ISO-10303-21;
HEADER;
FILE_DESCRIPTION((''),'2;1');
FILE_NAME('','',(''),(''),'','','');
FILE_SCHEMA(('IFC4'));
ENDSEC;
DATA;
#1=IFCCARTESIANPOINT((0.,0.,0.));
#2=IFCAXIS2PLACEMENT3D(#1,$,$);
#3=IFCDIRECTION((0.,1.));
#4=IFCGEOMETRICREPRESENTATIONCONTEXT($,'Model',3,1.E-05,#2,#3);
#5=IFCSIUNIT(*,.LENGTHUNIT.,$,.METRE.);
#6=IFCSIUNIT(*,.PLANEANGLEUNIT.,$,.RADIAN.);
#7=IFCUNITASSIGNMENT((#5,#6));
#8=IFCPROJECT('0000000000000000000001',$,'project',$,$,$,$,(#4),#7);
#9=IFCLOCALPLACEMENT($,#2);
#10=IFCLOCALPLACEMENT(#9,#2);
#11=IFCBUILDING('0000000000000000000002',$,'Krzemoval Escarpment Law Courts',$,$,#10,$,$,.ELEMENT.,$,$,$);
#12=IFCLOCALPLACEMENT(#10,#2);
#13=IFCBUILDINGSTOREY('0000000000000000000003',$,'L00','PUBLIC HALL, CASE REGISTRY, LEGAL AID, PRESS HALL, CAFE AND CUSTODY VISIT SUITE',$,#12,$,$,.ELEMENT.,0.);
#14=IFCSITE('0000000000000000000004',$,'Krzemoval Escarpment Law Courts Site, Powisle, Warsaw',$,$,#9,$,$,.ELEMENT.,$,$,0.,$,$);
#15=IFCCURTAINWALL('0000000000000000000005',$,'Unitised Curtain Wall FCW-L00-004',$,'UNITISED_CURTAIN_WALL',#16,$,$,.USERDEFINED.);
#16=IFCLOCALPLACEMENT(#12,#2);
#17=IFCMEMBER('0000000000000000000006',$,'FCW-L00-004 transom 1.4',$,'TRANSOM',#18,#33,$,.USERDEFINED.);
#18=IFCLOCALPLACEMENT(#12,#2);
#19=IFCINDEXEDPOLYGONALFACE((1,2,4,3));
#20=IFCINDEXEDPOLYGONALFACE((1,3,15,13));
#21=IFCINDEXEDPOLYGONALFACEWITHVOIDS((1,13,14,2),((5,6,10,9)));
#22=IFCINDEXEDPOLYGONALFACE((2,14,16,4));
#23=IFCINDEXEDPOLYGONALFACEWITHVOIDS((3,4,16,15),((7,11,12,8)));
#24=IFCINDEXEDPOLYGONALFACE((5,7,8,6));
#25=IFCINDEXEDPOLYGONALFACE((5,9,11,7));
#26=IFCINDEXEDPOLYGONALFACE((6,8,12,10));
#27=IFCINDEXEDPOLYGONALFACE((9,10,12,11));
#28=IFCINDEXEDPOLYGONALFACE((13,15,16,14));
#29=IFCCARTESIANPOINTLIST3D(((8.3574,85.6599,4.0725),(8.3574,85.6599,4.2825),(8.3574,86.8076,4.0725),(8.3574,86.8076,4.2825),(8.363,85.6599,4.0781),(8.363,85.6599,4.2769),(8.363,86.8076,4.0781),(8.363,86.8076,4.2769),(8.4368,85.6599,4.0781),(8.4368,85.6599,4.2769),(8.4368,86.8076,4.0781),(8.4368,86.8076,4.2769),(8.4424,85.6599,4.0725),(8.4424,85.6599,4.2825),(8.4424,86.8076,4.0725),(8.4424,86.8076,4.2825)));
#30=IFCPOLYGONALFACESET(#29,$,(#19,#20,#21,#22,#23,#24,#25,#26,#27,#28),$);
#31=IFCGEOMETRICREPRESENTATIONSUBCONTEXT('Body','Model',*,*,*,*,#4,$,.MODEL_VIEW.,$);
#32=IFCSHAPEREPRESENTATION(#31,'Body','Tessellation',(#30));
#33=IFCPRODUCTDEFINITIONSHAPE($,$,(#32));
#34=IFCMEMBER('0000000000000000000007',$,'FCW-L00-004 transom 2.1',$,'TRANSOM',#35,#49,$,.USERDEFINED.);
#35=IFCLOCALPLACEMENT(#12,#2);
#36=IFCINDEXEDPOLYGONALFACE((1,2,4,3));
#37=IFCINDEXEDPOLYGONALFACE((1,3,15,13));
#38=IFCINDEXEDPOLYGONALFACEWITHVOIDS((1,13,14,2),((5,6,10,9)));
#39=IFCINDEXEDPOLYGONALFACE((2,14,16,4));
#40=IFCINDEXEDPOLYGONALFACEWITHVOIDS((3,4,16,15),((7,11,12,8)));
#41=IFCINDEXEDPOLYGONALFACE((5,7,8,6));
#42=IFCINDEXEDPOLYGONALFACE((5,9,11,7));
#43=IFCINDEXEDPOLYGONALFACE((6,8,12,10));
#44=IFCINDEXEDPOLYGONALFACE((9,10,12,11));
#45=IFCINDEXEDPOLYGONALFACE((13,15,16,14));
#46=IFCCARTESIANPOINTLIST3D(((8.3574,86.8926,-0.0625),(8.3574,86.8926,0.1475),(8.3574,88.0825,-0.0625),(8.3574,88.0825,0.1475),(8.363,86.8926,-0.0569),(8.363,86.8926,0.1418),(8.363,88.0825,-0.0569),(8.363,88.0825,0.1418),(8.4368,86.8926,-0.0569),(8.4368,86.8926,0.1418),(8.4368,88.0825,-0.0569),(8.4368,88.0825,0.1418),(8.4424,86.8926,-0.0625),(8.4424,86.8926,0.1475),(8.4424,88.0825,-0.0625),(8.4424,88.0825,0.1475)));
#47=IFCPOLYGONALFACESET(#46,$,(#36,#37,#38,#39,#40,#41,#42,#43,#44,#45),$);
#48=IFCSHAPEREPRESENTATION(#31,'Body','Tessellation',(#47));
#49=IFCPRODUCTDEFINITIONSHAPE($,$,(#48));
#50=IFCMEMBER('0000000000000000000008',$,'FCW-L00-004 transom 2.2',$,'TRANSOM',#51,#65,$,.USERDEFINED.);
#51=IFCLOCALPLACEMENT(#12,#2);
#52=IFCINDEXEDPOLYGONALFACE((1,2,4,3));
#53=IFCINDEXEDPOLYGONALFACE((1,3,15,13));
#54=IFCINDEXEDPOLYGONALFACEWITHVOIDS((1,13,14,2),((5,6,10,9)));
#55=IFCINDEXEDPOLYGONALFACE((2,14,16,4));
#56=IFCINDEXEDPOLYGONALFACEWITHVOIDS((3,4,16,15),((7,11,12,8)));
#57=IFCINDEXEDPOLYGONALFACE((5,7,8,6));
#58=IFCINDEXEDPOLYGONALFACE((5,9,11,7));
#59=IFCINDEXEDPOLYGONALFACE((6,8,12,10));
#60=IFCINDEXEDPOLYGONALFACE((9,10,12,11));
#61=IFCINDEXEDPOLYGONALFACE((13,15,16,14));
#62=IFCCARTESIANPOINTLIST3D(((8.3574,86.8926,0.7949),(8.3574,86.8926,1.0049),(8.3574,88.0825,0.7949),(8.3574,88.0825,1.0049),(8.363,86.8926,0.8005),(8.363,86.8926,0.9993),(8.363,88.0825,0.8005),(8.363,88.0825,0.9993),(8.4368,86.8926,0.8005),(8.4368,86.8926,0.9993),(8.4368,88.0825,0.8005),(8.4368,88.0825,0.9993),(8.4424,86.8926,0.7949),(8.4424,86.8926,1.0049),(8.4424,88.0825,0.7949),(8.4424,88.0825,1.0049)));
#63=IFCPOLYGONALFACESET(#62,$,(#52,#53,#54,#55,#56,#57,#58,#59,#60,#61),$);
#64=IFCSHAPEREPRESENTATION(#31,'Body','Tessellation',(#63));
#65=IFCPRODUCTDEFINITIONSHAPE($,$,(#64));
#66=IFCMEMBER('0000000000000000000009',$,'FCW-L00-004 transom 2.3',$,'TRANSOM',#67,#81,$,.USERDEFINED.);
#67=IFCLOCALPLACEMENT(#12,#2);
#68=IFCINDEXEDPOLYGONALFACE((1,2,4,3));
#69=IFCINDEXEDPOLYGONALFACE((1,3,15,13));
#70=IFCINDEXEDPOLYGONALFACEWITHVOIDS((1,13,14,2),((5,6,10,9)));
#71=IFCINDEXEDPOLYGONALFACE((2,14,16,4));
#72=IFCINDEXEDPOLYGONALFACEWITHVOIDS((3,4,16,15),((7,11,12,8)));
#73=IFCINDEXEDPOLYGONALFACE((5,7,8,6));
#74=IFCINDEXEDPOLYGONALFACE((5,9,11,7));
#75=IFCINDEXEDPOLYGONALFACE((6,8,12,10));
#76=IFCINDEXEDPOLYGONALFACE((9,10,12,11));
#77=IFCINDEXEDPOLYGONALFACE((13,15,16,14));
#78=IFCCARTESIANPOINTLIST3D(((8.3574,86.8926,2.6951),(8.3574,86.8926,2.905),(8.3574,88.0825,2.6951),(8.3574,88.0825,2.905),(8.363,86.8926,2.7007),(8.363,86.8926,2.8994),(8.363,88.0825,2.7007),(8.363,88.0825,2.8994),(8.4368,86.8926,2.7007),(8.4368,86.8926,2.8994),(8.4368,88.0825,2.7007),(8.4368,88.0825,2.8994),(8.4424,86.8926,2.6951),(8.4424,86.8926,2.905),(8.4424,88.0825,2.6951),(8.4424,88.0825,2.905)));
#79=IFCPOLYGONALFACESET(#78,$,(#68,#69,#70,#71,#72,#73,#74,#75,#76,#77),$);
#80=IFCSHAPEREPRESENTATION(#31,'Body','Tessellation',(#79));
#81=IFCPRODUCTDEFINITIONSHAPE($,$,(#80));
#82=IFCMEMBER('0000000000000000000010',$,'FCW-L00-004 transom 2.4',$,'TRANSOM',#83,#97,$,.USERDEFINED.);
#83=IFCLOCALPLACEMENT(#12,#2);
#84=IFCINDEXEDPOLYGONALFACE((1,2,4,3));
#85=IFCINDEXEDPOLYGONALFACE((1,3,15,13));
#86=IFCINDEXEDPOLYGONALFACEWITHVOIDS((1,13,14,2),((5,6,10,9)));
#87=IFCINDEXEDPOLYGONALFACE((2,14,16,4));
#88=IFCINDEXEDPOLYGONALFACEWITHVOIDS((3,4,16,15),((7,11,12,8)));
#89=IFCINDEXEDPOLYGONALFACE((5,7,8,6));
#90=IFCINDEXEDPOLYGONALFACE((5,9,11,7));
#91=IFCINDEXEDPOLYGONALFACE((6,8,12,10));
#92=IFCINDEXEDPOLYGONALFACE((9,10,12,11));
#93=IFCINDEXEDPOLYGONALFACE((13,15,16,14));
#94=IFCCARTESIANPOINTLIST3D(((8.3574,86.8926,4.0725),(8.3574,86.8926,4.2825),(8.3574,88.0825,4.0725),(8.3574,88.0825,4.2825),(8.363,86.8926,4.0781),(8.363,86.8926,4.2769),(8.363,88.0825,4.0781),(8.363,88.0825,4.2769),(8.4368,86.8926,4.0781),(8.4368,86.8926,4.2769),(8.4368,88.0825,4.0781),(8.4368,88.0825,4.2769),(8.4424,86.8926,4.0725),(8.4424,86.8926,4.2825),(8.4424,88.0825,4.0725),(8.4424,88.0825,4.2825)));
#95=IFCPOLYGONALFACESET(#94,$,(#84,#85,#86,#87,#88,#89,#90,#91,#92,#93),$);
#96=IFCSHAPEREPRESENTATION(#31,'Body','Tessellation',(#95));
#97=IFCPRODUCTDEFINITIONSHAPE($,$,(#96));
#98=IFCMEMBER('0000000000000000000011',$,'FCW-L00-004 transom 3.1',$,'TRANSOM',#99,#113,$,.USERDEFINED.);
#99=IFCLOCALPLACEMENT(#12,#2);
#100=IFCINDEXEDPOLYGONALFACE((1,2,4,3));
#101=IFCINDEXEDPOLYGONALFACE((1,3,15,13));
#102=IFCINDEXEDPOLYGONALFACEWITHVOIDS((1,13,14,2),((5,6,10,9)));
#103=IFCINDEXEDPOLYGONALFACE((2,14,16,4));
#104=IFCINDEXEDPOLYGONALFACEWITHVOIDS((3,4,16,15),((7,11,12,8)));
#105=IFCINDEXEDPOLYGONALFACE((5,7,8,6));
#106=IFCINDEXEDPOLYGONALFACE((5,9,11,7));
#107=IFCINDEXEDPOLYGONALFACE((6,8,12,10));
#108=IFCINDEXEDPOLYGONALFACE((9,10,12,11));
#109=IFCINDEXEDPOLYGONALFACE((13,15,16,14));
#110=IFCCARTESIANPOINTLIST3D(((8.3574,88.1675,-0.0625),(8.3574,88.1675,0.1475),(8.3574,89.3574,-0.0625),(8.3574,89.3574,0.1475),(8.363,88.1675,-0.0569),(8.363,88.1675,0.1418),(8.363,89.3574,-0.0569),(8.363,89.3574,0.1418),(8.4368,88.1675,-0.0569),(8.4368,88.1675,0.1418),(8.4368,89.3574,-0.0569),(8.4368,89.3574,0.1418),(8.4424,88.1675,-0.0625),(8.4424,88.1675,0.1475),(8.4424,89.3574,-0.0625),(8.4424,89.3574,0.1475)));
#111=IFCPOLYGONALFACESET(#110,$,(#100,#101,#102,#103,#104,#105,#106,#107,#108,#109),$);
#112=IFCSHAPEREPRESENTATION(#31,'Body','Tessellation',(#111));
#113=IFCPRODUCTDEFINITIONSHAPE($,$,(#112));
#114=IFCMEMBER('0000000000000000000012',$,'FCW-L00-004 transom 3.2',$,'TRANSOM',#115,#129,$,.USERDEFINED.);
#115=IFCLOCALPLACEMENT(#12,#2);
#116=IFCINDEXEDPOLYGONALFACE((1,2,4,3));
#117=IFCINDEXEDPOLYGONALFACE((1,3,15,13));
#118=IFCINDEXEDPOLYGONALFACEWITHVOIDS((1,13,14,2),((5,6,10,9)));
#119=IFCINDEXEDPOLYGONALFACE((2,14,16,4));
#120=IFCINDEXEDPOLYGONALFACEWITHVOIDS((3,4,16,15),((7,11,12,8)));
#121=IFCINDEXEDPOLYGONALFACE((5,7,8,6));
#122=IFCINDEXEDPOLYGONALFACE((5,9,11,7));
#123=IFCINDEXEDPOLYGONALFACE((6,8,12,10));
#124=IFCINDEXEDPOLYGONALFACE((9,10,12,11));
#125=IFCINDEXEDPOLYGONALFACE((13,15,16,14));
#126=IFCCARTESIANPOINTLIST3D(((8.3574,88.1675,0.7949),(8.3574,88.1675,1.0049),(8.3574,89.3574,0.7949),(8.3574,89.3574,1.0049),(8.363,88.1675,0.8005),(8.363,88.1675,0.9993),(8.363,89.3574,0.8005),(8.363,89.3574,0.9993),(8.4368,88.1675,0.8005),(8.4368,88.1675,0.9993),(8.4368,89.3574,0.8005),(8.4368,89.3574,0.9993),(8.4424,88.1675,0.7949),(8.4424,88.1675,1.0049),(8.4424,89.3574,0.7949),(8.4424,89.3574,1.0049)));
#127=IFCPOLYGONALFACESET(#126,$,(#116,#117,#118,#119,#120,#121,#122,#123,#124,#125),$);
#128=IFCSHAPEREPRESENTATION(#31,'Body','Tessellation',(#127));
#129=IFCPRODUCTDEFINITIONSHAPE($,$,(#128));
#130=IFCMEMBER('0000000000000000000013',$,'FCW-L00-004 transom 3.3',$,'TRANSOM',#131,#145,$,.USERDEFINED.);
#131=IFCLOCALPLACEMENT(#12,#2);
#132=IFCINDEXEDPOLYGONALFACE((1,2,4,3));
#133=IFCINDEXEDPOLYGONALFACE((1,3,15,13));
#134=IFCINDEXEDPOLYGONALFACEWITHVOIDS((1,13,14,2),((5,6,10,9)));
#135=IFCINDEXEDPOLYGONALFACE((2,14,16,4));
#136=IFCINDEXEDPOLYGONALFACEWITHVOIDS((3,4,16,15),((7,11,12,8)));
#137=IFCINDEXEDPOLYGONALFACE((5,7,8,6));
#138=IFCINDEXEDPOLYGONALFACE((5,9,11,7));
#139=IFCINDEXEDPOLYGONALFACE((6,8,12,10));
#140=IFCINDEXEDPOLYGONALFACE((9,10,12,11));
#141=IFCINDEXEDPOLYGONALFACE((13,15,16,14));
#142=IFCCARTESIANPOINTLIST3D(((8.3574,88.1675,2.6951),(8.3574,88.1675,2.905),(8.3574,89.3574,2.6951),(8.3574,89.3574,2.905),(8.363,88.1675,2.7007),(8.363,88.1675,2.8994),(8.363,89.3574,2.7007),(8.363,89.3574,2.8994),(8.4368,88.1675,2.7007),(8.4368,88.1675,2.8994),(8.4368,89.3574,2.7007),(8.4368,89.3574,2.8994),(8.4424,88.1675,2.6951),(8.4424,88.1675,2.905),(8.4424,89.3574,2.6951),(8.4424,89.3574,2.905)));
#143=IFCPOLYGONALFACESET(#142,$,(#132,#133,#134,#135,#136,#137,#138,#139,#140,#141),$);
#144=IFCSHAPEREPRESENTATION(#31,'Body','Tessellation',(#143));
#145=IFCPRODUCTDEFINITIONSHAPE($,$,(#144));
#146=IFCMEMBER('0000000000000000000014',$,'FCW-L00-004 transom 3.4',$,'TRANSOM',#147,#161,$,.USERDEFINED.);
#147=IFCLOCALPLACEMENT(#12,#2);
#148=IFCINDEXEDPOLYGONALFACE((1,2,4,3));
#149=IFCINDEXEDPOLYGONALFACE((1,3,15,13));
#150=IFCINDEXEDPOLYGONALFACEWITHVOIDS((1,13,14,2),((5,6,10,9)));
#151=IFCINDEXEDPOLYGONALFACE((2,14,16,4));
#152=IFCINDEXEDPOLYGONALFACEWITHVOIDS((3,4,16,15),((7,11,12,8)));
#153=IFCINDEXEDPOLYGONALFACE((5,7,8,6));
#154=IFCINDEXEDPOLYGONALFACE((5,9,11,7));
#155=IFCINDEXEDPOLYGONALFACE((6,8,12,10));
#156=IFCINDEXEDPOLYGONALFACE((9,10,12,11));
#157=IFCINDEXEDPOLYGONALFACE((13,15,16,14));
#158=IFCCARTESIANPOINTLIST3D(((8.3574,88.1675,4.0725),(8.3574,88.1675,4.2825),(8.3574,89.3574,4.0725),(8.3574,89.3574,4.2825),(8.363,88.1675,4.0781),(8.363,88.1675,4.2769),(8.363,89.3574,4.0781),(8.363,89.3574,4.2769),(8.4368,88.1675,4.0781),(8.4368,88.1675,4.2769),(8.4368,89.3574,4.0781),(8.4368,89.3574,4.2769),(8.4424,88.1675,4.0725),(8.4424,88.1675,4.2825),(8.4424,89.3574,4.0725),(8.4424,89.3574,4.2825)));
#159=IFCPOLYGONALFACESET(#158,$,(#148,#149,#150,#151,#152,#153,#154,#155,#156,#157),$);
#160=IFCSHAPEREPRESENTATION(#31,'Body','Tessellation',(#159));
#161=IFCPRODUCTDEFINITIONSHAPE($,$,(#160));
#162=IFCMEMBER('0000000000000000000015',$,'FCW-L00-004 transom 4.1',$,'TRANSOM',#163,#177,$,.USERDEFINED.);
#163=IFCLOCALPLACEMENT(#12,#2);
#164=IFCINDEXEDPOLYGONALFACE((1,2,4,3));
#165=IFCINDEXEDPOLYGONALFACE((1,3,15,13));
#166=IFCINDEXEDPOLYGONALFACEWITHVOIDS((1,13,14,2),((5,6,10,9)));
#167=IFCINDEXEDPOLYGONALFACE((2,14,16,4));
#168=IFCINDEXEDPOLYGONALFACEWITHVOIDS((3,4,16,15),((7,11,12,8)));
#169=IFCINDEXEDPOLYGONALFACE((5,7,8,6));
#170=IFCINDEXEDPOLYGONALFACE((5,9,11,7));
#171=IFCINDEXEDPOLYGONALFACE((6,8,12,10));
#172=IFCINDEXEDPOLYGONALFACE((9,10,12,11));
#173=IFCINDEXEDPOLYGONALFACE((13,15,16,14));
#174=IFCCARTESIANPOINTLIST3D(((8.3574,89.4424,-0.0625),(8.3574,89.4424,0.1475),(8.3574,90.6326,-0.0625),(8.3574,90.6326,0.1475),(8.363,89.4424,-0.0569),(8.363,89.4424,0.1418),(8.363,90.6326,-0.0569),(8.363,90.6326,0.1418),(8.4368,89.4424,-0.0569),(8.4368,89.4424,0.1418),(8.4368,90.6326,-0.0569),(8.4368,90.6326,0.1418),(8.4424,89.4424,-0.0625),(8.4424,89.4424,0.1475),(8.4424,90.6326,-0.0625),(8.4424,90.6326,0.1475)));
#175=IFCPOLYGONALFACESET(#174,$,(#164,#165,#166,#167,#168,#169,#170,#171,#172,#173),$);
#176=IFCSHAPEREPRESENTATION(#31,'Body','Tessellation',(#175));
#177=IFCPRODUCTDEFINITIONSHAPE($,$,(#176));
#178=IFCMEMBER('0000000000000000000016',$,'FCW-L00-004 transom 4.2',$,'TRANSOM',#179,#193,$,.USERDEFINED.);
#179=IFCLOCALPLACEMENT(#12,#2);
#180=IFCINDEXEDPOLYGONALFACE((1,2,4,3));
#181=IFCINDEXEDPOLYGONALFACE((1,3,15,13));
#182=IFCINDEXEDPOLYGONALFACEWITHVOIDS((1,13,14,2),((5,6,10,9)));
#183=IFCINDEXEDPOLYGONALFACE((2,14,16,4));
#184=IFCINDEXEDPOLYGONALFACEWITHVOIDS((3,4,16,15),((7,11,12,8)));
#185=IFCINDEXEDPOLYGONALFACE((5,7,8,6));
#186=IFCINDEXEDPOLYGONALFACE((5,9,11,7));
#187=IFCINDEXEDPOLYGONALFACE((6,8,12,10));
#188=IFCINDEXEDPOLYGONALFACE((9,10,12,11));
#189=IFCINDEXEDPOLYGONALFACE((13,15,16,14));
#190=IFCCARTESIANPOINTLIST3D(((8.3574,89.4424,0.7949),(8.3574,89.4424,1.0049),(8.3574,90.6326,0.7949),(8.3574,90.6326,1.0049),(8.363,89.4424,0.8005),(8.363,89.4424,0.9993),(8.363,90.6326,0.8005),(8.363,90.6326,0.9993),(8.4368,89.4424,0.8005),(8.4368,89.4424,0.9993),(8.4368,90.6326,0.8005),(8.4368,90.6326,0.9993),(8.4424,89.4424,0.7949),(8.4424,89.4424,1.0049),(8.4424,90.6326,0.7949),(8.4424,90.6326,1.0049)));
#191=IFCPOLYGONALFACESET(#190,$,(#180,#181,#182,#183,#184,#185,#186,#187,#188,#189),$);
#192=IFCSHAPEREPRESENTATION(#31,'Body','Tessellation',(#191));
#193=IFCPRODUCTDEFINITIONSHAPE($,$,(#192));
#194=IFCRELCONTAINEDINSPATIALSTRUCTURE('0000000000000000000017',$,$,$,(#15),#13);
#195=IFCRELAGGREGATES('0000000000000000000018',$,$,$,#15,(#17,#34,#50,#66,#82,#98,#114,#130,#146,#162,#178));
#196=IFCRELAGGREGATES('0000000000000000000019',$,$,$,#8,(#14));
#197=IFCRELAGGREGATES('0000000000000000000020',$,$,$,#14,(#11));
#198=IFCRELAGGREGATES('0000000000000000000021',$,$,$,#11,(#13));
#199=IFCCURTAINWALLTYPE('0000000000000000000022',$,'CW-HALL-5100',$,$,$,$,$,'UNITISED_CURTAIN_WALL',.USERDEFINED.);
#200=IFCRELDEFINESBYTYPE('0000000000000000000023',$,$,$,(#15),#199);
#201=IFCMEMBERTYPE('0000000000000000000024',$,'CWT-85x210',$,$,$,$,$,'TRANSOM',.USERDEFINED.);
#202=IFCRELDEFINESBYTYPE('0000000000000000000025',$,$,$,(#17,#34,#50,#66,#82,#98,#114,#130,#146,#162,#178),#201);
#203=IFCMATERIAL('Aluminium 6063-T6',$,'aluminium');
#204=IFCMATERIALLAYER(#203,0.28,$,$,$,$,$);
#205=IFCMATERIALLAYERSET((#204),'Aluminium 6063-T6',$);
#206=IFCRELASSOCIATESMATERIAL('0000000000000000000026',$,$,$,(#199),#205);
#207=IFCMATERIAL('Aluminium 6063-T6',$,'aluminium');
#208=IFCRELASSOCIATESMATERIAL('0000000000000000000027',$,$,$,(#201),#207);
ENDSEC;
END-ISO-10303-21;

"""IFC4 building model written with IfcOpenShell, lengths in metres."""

from ifc_helpers import new_model, si_unit, direction, frame, origin, origin_2d, place, context, subcontext, project, spatial, hollow_rectangle, extrude, material, layer, layer_set, material_profile, profile_set, type_object, element, aggregate, save


model = new_model("IFC4")

# Units and contexts
model_context = context("Model", 3, precision=1e-05, world=origin(), true_north=direction((0.0, 1.0)))
body_context = subcontext(model_context, "Body", "Model", "MODEL_VIEW")
ifc_project = project(units=[si_unit("LENGTHUNIT", "METRE"), si_unit("PLANEANGLEUNIT", "RADIAN")], contexts=[model_context])

# Site, building, storey
site_placement = place(None, origin())
site = spatial("IfcSite", under=ifc_project, at=site_placement, Name="Krzemoval Escarpment Law Courts Site, Powisle, Warsaw", CompositionType="ELEMENT", RefElevation=0.0)
building_placement = place(site_placement, origin())
building = spatial("IfcBuilding", under=site, at=building_placement, Name="Krzemoval Escarpment Law Courts", CompositionType="ELEMENT")
storey_placement = place(building_placement, origin())
storey = spatial("IfcBuildingStorey", under=building, at=storey_placement, Name="L00", Description="PUBLIC HALL, CASE REGISTRY, LEGAL AID, PRESS HALL, CAFE AND CUSTODY VISIT SUITE", CompositionType="ELEMENT", Elevation=0.0)

# Curtain wall, members
ifc_material_1 = material(Name="Aluminium 6063-T6", Category="aluminium")
ifc_layer_1 = layer(ifc_material_1, 0.28)
ifc_layer_set_1 = layer_set([ifc_layer_1], Name="Aluminium 6063-T6")
curtain_wall_type = type_object("IfcCurtainWallType", Name="CW-HALL-5100", ElementType="UNITISED_CURTAIN_WALL", PredefinedType="USERDEFINED", material=ifc_layer_set_1)
curtain_wall_placement = place(storey_placement, origin())
curtain_wall = element("IfcCurtainWall", 1, at=curtain_wall_placement, inside=storey, type_object=curtain_wall_type, Name="Unitised Curtain Wall FCW-L00-004", ObjectType="UNITISED_CURTAIN_WALL", PredefinedType="USERDEFINED")
ifc_material_2 = material(Name="Aluminium 6063-T6", Category="aluminium")
ifc_material_profile_1 = material_profile(ifc_material_2, hollow_rectangle(XDim=0.085, YDim=0.21, WallThickness=0.0056, at=origin_2d()), Name="ALU T85x210")
ifc_profile_set_1 = profile_set([ifc_material_profile_1], Name="Aluminium 6063-T6")
member_type_1 = type_object("IfcMemberType", Name="CWT-85x210", ElementType="TRANSOM", PredefinedType="USERDEFINED", material=ifc_profile_set_1)
member_1_placement = place(storey_placement, frame((8.3999, 85.6599, 4.1775), z_axis=(0.0, 1.0, 0.0), x_axis=(-1.0, 0.0, 0.0)))
member_1 = element("IfcMember", 2, at=member_1_placement, type_object=member_type_1, Name="FCW-L00-004 transom 1.4", ObjectType="TRANSOM", PredefinedType="USERDEFINED", context=body_context, shape_type="SweptSolid", body=[
    extrude(hollow_rectangle(XDim=0.085, YDim=0.21, WallThickness=0.0056, at=origin_2d()), origin(), (0.0, 0.0, 1.0), 1.1477),
])
member_2_placement = place(storey_placement, frame((8.3999, 86.8926, 0.0425), z_axis=(0.0, 1.0, 0.0), x_axis=(-1.0, 0.0, 0.0)))
member_2 = element("IfcMember", 3, at=member_2_placement, type_object=member_type_1, Name="FCW-L00-004 transom 2.1", ObjectType="TRANSOM", PredefinedType="USERDEFINED", context=body_context, shape_type="SweptSolid", body=[
    extrude(hollow_rectangle(XDim=0.085, YDim=0.21, WallThickness=0.0056, at=origin_2d()), origin(), (0.0, 0.0, 1.0), 1.1899),
])
member_3_placement = place(storey_placement, frame((8.3999, 86.8926, 0.8999), z_axis=(0.0, 1.0, 0.0), x_axis=(-1.0, 0.0, 0.0)))
member_3 = element("IfcMember", 4, at=member_3_placement, type_object=member_type_1, Name="FCW-L00-004 transom 2.2", ObjectType="TRANSOM", PredefinedType="USERDEFINED", context=body_context, shape_type="SweptSolid", body=[
    extrude(hollow_rectangle(XDim=0.085, YDim=0.21, WallThickness=0.0056, at=origin_2d()), origin(), (0.0, 0.0, 1.0), 1.1899),
])
member_4_placement = place(storey_placement, frame((8.3999, 86.8926, 2.8), z_axis=(0.0, 1.0, 0.0), x_axis=(-1.0, 0.0, 0.0)))
member_4 = element("IfcMember", 5, at=member_4_placement, type_object=member_type_1, Name="FCW-L00-004 transom 2.3", ObjectType="TRANSOM", PredefinedType="USERDEFINED", context=body_context, shape_type="SweptSolid", body=[
    extrude(hollow_rectangle(XDim=0.085, YDim=0.21, WallThickness=0.0056, at=origin_2d()), origin(), (0.0, 0.0, 1.0), 1.1899),
])
member_5_placement = place(storey_placement, frame((8.3999, 86.8926, 4.1775), z_axis=(0.0, 1.0, 0.0), x_axis=(-1.0, 0.0, 0.0)))
member_5 = element("IfcMember", 6, at=member_5_placement, type_object=member_type_1, Name="FCW-L00-004 transom 2.4", ObjectType="TRANSOM", PredefinedType="USERDEFINED", context=body_context, shape_type="SweptSolid", body=[
    extrude(hollow_rectangle(XDim=0.085, YDim=0.21, WallThickness=0.0056, at=origin_2d()), origin(), (0.0, 0.0, 1.0), 1.1899),
])
member_6_placement = place(storey_placement, frame((8.3999, 88.1675, 0.0425), z_axis=(0.0, 1.0, 0.0), x_axis=(-1.0, 0.0, 0.0)))
member_6 = element("IfcMember", 7, at=member_6_placement, type_object=member_type_1, Name="FCW-L00-004 transom 3.1", ObjectType="TRANSOM", PredefinedType="USERDEFINED", context=body_context, shape_type="SweptSolid", body=[
    extrude(hollow_rectangle(XDim=0.085, YDim=0.21, WallThickness=0.0056, at=origin_2d()), origin(), (0.0, 0.0, 1.0), 1.1899),
])
member_7_placement = place(storey_placement, frame((8.3999, 88.1675, 0.8999), z_axis=(0.0, 1.0, 0.0), x_axis=(-1.0, 0.0, 0.0)))
member_7 = element("IfcMember", 8, at=member_7_placement, type_object=member_type_1, Name="FCW-L00-004 transom 3.2", ObjectType="TRANSOM", PredefinedType="USERDEFINED", context=body_context, shape_type="SweptSolid", body=[
    extrude(hollow_rectangle(XDim=0.085, YDim=0.21, WallThickness=0.0056, at=origin_2d()), origin(), (0.0, 0.0, 1.0), 1.1899),
])
member_8_placement = place(storey_placement, frame((8.3999, 88.1675, 2.8), z_axis=(0.0, 1.0, 0.0), x_axis=(-1.0, 0.0, 0.0)))
member_8 = element("IfcMember", 9, at=member_8_placement, type_object=member_type_1, Name="FCW-L00-004 transom 3.3", ObjectType="TRANSOM", PredefinedType="USERDEFINED", context=body_context, shape_type="SweptSolid", body=[
    extrude(hollow_rectangle(XDim=0.085, YDim=0.21, WallThickness=0.0056, at=origin_2d()), origin(), (0.0, 0.0, 1.0), 1.1899),
])
member_9_placement = place(storey_placement, frame((8.3999, 88.1675, 4.1775), z_axis=(0.0, 1.0, 0.0), x_axis=(-1.0, 0.0, 0.0)))
member_9 = element("IfcMember", 10, at=member_9_placement, type_object=member_type_1, Name="FCW-L00-004 transom 3.4", ObjectType="TRANSOM", PredefinedType="USERDEFINED", context=body_context, shape_type="SweptSolid", body=[
    extrude(hollow_rectangle(XDim=0.085, YDim=0.21, WallThickness=0.0056, at=origin_2d()), origin(), (0.0, 0.0, 1.0), 1.1899),
])
member_10_placement = place(storey_placement, frame((8.3999, 89.4424, 0.0425), z_axis=(0.0, 1.0, 0.0), x_axis=(-1.0, 0.0, 0.0)))
member_10 = element("IfcMember", 11, at=member_10_placement, type_object=member_type_1, Name="FCW-L00-004 transom 4.1", ObjectType="TRANSOM", PredefinedType="USERDEFINED", context=body_context, shape_type="SweptSolid", body=[
    extrude(hollow_rectangle(XDim=0.085, YDim=0.21, WallThickness=0.0056, at=origin_2d()), origin(), (0.0, 0.0, 1.0), 1.1902),
])
member_11_placement = place(storey_placement, frame((8.3999, 89.4424, 0.8999), z_axis=(0.0, 1.0, 0.0), x_axis=(-1.0, 0.0, 0.0)))
member_11 = element("IfcMember", 12, at=member_11_placement, type_object=member_type_1, Name="FCW-L00-004 transom 4.2", ObjectType="TRANSOM", PredefinedType="USERDEFINED", context=body_context, shape_type="SweptSolid", body=[
    extrude(hollow_rectangle(XDim=0.085, YDim=0.21, WallThickness=0.0056, at=origin_2d()), origin(), (0.0, 0.0, 1.0), 1.1902),
])

aggregate(curtain_wall, [member_1, member_2, member_3, member_4, member_5, member_6, member_7, member_8, member_9, member_10, member_11])

save(model, "model.ifc")
